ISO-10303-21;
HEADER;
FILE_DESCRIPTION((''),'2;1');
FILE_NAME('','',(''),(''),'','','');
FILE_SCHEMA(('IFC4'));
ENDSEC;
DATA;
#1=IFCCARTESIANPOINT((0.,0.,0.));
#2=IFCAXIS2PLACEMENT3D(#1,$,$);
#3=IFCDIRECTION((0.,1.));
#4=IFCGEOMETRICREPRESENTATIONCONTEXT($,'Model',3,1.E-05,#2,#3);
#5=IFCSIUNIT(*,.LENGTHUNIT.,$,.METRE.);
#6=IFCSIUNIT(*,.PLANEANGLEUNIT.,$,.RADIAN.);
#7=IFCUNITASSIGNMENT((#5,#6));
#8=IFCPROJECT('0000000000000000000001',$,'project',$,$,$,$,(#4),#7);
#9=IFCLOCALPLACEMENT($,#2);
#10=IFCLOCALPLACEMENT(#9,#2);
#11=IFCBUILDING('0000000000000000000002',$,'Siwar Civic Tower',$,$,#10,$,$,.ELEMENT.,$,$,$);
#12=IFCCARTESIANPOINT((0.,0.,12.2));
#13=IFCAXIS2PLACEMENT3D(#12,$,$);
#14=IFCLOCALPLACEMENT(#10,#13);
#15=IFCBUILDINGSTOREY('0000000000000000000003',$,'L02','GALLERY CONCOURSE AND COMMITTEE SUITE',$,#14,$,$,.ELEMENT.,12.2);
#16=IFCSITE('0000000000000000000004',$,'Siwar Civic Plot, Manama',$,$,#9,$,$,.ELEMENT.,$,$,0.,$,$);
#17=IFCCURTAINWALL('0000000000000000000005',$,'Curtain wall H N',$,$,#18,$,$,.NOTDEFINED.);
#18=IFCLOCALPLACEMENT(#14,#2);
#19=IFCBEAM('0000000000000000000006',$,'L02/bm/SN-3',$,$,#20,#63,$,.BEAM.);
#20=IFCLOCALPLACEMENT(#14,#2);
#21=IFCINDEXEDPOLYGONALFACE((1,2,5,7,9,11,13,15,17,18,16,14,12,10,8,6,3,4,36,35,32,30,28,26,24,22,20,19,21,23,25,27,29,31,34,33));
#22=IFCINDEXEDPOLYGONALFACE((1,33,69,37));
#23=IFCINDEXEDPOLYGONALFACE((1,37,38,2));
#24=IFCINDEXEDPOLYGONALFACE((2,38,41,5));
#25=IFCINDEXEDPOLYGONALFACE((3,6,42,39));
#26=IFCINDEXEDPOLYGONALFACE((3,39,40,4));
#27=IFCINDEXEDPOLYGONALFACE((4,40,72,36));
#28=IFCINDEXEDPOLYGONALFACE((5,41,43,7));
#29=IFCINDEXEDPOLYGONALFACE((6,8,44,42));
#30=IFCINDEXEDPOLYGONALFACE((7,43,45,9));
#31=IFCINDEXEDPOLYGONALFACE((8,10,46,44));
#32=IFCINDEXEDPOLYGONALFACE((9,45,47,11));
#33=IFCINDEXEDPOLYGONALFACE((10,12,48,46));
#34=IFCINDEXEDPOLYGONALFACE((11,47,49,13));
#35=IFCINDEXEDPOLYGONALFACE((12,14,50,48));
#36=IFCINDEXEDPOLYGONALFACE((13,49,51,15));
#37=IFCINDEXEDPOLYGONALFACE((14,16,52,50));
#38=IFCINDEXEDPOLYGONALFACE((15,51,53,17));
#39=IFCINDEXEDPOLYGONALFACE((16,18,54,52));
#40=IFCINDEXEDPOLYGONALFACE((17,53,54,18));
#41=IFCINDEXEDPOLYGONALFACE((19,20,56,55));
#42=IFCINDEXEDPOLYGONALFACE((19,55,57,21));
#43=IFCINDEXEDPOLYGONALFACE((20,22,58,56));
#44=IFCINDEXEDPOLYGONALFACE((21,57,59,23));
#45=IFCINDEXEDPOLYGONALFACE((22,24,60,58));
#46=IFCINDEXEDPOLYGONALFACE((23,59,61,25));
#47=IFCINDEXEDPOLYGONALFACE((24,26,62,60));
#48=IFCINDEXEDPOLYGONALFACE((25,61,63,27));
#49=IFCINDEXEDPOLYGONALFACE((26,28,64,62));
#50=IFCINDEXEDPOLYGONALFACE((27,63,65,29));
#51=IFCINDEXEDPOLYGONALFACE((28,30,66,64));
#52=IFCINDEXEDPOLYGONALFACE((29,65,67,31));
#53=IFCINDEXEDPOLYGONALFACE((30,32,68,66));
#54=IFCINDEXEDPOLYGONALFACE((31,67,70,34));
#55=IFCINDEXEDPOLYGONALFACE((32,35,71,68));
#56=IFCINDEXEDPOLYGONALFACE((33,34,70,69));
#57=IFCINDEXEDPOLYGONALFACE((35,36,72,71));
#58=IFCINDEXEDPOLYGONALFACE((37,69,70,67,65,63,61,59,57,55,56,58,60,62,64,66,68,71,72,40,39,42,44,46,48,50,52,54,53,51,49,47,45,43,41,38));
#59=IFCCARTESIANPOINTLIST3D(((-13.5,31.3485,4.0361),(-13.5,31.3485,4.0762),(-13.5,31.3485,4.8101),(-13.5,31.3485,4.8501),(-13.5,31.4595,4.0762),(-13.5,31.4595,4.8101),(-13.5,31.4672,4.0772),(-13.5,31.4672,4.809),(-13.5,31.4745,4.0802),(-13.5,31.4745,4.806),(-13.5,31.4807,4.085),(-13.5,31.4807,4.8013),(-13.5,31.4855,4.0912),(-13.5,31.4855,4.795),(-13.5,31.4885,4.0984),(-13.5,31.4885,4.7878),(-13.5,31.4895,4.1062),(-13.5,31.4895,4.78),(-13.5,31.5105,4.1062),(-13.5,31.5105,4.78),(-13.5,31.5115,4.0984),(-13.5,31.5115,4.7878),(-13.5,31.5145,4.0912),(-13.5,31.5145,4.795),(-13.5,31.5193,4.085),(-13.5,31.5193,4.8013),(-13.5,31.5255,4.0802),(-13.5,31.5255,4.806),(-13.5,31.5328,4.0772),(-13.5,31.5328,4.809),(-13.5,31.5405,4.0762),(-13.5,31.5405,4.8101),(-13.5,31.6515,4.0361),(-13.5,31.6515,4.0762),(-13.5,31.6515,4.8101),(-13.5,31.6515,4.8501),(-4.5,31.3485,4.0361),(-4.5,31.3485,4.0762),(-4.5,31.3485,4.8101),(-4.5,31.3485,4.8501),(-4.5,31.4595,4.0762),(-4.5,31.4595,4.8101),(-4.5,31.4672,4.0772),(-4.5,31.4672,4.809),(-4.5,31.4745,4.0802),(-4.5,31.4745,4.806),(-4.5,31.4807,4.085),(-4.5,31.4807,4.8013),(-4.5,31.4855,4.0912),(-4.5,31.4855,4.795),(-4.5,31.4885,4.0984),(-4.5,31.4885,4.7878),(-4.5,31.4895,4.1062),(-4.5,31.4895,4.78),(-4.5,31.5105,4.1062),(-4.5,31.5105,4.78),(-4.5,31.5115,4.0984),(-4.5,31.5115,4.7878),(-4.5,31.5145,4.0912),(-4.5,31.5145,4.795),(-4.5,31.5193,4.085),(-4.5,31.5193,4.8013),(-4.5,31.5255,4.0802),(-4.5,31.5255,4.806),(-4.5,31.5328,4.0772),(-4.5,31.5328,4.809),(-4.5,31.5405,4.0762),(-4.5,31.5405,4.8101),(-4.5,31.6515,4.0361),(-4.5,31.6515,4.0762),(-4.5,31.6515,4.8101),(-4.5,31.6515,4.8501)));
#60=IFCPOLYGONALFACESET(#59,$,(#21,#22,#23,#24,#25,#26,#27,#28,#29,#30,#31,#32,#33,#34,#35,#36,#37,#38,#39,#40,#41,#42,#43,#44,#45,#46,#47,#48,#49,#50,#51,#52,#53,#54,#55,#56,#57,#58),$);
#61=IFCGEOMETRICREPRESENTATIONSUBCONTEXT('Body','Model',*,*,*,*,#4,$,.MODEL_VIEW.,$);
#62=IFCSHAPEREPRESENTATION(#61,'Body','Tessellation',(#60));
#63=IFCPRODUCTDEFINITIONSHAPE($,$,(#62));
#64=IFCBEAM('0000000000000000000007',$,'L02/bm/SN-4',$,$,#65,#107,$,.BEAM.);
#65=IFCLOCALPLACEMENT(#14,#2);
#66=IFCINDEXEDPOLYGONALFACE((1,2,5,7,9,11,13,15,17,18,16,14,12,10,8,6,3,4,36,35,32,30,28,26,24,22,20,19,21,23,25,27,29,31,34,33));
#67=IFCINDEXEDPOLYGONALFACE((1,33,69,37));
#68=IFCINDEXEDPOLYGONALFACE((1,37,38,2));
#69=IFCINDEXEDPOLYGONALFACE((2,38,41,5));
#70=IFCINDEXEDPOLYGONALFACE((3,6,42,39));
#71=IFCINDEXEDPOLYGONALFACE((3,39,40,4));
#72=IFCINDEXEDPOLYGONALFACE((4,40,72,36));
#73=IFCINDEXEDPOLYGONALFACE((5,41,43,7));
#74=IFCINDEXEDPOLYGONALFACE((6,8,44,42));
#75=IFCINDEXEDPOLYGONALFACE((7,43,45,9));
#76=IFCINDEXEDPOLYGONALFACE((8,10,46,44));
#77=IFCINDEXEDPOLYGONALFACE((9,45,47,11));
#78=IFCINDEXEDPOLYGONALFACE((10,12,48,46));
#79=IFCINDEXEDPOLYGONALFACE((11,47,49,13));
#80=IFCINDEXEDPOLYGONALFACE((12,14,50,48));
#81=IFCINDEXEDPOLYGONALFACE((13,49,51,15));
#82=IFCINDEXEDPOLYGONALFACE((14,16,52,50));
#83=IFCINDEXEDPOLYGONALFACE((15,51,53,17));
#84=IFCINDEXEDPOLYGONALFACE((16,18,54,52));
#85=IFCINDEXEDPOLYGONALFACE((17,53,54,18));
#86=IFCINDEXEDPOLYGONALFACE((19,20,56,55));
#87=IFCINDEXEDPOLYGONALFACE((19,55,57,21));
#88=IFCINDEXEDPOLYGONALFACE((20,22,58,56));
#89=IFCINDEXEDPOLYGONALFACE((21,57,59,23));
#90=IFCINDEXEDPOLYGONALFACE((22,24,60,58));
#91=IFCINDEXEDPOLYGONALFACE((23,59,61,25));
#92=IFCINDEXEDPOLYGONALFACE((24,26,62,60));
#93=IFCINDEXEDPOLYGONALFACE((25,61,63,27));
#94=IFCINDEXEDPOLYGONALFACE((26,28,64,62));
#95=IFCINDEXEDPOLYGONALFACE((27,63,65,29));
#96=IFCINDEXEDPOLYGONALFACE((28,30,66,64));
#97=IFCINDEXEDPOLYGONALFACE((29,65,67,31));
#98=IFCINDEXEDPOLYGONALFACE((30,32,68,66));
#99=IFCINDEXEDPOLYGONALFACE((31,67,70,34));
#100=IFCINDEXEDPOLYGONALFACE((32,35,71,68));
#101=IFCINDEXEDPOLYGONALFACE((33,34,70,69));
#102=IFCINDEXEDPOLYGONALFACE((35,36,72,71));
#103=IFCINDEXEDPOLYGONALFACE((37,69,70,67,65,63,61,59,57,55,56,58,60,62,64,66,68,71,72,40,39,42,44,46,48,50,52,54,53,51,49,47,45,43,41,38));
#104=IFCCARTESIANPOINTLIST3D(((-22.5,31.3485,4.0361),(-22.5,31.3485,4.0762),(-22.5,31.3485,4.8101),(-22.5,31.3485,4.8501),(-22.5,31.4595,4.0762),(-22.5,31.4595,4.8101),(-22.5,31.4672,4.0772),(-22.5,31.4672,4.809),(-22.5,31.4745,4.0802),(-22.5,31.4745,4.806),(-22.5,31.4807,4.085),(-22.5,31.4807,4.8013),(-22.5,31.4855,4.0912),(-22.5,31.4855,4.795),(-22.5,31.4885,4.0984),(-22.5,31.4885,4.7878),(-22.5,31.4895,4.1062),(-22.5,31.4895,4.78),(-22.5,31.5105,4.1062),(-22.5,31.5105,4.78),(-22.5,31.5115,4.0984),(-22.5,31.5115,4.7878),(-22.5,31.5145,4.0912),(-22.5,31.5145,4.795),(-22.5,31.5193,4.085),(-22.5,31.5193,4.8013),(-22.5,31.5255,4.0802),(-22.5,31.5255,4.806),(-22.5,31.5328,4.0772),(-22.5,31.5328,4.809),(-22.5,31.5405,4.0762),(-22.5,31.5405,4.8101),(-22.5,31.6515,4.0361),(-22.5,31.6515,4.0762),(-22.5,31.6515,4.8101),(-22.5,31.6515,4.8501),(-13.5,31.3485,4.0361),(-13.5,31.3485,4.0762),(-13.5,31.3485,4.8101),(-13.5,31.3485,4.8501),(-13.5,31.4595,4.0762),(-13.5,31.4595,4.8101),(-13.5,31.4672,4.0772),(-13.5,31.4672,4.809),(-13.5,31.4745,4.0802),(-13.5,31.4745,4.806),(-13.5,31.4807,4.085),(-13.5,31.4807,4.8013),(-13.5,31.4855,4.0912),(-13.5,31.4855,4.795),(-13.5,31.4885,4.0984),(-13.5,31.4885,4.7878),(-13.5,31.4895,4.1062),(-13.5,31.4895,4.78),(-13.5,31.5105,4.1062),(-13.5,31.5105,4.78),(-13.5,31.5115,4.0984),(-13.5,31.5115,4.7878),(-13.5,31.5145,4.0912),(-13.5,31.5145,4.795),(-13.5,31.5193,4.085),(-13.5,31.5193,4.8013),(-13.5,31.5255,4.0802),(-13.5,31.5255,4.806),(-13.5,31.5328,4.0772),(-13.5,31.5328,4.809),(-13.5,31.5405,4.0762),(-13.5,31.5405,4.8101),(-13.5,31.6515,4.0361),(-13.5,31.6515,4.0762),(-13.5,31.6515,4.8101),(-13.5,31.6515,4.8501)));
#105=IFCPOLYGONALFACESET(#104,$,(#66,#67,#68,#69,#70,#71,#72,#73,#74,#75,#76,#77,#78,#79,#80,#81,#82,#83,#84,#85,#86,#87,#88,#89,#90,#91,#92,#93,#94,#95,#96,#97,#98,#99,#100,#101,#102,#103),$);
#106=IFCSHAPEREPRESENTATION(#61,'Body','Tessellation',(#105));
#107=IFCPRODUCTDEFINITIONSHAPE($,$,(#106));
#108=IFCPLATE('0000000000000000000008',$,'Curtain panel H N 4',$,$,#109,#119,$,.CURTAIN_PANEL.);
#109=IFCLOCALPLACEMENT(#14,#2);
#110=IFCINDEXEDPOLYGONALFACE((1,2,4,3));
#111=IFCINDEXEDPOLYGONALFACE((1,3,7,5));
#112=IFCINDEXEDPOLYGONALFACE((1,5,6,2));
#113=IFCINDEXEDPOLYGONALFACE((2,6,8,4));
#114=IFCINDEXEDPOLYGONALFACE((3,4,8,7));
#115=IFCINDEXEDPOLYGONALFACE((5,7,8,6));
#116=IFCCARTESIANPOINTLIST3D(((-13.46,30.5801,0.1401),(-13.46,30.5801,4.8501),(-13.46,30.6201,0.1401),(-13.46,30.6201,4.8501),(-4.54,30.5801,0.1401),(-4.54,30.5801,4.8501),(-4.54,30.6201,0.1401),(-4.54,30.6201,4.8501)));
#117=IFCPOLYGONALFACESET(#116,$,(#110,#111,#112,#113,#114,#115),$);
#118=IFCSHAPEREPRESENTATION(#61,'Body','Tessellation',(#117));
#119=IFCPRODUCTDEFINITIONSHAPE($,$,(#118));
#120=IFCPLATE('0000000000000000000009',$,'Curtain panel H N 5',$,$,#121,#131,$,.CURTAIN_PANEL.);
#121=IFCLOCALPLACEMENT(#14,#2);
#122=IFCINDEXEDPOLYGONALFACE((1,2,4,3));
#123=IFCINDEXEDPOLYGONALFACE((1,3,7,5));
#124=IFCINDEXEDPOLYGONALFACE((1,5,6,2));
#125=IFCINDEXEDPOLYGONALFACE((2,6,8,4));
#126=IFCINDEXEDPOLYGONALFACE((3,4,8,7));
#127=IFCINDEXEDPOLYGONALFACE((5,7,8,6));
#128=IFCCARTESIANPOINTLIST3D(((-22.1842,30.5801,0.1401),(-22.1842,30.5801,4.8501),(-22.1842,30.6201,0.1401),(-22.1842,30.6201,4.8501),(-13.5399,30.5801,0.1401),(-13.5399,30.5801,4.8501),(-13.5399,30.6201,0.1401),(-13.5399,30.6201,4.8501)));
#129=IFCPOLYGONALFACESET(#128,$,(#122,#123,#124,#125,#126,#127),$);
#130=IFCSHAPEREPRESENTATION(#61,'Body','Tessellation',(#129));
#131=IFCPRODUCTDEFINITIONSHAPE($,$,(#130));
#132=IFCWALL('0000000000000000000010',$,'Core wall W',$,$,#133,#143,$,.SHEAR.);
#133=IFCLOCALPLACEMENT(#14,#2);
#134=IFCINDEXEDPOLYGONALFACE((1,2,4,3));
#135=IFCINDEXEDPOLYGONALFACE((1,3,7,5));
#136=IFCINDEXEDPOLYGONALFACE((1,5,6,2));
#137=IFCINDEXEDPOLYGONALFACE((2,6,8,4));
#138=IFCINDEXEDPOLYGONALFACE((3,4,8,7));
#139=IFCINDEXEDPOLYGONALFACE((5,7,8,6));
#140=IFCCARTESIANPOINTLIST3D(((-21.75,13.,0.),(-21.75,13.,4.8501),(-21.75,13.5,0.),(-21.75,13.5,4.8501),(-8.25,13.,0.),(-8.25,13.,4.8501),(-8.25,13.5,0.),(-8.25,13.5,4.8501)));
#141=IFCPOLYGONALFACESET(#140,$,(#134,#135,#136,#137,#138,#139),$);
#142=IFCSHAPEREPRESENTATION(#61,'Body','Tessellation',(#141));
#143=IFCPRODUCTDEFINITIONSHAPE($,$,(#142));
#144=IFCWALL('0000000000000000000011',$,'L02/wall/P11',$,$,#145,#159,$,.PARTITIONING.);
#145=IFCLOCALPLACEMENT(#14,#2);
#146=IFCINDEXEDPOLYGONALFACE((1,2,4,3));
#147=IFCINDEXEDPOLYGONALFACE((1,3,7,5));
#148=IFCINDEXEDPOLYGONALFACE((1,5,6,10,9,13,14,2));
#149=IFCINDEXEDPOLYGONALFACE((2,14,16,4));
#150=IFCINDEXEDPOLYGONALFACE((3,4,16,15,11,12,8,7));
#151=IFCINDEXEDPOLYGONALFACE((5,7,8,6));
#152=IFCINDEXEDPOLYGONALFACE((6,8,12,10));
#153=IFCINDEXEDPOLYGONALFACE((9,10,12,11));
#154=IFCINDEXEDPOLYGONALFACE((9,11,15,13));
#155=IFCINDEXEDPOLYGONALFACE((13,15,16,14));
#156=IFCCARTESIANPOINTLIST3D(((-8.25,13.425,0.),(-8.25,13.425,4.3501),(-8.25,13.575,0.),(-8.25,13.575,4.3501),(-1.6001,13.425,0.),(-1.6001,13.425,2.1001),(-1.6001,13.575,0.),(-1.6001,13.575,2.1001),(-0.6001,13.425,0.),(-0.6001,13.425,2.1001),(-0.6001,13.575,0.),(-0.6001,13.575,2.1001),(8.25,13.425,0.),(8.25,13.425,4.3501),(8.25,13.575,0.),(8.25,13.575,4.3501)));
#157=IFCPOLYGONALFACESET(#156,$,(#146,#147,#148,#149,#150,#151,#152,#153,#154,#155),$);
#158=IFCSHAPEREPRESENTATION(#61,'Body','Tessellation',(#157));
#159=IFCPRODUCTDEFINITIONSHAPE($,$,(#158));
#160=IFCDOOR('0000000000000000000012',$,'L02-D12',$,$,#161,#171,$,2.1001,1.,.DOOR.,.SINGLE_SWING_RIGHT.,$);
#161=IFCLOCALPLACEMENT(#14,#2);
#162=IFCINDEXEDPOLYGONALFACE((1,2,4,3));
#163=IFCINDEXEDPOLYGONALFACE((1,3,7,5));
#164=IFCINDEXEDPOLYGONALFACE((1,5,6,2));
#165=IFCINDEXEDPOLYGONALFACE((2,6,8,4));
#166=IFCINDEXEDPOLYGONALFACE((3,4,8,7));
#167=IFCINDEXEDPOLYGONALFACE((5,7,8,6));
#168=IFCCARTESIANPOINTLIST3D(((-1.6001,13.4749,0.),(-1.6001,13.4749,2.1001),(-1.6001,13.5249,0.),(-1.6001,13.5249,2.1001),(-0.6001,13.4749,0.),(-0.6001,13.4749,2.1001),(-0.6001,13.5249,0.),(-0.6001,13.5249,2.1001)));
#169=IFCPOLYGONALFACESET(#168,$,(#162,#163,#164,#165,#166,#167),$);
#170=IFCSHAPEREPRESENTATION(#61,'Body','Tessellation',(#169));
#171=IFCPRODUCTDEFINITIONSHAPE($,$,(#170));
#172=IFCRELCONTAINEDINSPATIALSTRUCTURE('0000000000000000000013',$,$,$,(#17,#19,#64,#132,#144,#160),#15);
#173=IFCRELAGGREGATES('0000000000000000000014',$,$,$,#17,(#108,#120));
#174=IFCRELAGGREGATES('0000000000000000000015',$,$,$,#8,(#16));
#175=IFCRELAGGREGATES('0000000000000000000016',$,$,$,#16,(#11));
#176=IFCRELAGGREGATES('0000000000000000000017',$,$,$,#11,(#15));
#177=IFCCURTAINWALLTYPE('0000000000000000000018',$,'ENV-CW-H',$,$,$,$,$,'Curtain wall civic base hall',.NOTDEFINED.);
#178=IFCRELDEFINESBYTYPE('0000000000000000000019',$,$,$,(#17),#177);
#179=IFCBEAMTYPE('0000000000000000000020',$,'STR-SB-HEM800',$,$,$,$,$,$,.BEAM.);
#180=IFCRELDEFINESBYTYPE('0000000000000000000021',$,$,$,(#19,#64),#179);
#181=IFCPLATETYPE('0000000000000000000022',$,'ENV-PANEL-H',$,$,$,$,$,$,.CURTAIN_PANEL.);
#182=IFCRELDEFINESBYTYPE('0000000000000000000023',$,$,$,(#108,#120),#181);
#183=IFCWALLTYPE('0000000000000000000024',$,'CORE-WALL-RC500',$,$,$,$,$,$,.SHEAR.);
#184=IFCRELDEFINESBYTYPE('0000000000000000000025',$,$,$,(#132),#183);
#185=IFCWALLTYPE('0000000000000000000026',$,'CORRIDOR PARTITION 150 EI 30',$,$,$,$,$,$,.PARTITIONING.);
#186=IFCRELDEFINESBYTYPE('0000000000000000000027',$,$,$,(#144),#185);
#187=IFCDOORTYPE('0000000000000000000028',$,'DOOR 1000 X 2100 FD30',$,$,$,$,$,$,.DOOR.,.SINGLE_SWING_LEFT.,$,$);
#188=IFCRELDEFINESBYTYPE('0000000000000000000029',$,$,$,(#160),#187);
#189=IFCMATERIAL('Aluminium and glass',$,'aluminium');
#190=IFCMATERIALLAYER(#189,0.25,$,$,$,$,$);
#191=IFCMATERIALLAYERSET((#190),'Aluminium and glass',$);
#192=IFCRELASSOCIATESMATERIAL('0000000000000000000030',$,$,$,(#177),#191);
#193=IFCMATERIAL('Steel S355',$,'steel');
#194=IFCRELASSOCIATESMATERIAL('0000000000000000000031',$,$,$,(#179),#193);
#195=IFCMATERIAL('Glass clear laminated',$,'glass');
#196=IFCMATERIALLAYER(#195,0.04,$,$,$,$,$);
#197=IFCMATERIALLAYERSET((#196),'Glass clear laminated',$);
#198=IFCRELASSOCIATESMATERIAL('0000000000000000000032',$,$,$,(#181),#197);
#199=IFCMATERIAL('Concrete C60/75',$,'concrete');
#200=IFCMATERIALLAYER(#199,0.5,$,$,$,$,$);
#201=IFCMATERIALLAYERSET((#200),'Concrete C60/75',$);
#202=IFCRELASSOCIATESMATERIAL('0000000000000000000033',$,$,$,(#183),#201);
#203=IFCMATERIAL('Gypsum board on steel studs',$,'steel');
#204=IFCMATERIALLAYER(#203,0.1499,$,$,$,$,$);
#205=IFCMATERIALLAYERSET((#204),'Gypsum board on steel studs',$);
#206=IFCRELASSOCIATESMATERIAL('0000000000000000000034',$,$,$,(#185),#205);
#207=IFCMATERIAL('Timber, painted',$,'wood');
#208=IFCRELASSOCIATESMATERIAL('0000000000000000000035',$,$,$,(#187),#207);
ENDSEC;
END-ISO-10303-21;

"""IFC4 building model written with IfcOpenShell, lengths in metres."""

from ifc_helpers import new_model, si_unit, direction, frame, frame_2d, origin, origin_2d, place, context, subcontext, project, spatial, rectangle, i_section, extrude, material, layer, layer_set, material_profile, profile_set, type_object, element, fill, aggregate, save


model = new_model("IFC4")

# Units and contexts
model_context = context("Model", 3, precision=1e-05, world=origin(), true_north=direction((0.0, 1.0)))
body_context = subcontext(model_context, "Body", "Model", "MODEL_VIEW")
ifc_project = project(units=[si_unit("LENGTHUNIT", "METRE"), si_unit("PLANEANGLEUNIT", "RADIAN")], contexts=[model_context])

# Site, building, storey
site_placement = place(None, origin())
site = spatial("IfcSite", under=ifc_project, at=site_placement, Name="Siwar Civic Plot, Manama", CompositionType="ELEMENT", RefElevation=0.0)
building_placement = place(site_placement, origin())
building = spatial("IfcBuilding", under=site, at=building_placement, Name="Siwar Civic Tower", CompositionType="ELEMENT")
storey_placement = place(building_placement, frame((0.0, 0.0, 12.2)))
storey = spatial("IfcBuildingStorey", under=building, at=storey_placement, Name="L02", Description="GALLERY CONCOURSE AND COMMITTEE SUITE", CompositionType="ELEMENT", Elevation=12.2)

# Curtain wall
ifc_material_1 = material(Name="Aluminium and glass", Category="aluminium")
ifc_layer_1 = layer(ifc_material_1, 0.25)
ifc_layer_set_1 = layer_set([ifc_layer_1], Name="Aluminium and glass")
curtain_wall_type = type_object("IfcCurtainWallType", Name="ENV-CW-H", ElementType="Curtain wall civic base hall", PredefinedType="NOTDEFINED", material=ifc_layer_set_1)
curtain_wall_placement = place(storey_placement, origin())
curtain_wall = element("IfcCurtainWall", 1, at=curtain_wall_placement, inside=storey, type_object=curtain_wall_type, Name="Curtain wall H N", PredefinedType="NOTDEFINED")

# Beams
ifc_material_2 = material(Name="Steel S355", Category="steel")
ifc_material_profile_1 = material_profile(ifc_material_2, i_section(OverallWidth=0.303, OverallDepth=0.814, WebThickness=0.021, FlangeThickness=0.04, FilletRadius=0.03, at=origin_2d()), Name="HEM800")
ifc_profile_set_1 = profile_set([ifc_material_profile_1], Name="Steel S355")
beam_type_1 = type_object("IfcBeamType", Name="STR-SB-HEM800", PredefinedType="BEAM", material=ifc_profile_set_1)
for number, where, z_axis, x_axis, name in (
    (2, (-4.5, 31.5, 4.4431), (-1.0, 0.0, 0.0), (0.0, -1.0, 0.0), "L02/bm/SN-3"),
    (3, (-13.5, 31.5, 4.4431), (-1.0, 0.0, 0.0), (0.0, -1.0, 0.0), "L02/bm/SN-4"),
):
    element("IfcBeam", number, at=place(storey_placement, frame(where, z_axis=z_axis, x_axis=x_axis)), inside=storey, type_object=beam_type_1, Name=name, PredefinedType="BEAM", context=body_context, shape_type="SweptSolid", body=[
        extrude(i_section(OverallWidth=0.303, OverallDepth=0.814, WebThickness=0.021, FlangeThickness=0.04, FilletRadius=0.03, at=origin_2d()), origin(), (0.0, 0.0, 1.0), 9.0),
    ])

# Plates
ifc_material_3 = material(Name="Glass clear laminated", Category="glass")
ifc_layer_2 = layer(ifc_material_3, 0.04)
ifc_layer_set_2 = layer_set([ifc_layer_2], Name="Glass clear laminated")
plate_type = type_object("IfcPlateType", Name="ENV-PANEL-H", PredefinedType="CURTAIN_PANEL", material=ifc_layer_set_2)
plate_1_placement = place(storey_placement, frame((-9.0, 30.6001, 0.1401), z_axis=(0.0, 0.0, 1.0), x_axis=(-1.0, 0.0, 0.0)))
plate_1 = element("IfcPlate", 4, at=plate_1_placement, type_object=plate_type, Name="Curtain panel H N 4", PredefinedType="CURTAIN_PANEL", context=body_context, shape_type="SweptSolid", body=[
    extrude(rectangle(XDim=8.9199, YDim=0.04, at=origin_2d()), origin(), (0.0, 0.0, 1.0), 4.71),
])
plate_2_placement = place(storey_placement, frame((-17.8621, 30.6001, 0.1401), z_axis=(0.0, 0.0, 1.0), x_axis=(-1.0, 0.0, 0.0)))
plate_2 = element("IfcPlate", 5, at=plate_2_placement, type_object=plate_type, Name="Curtain panel H N 5", PredefinedType="CURTAIN_PANEL", context=body_context, shape_type="SweptSolid", body=[
    extrude(rectangle(XDim=8.6443, YDim=0.04, at=origin_2d()), origin(), (0.0, 0.0, 1.0), 4.71),
])
aggregate(curtain_wall, [plate_1, plate_2])

# Wall
ifc_material_4 = material(Name="Concrete C60/75", Category="concrete")
ifc_layer_3 = layer(ifc_material_4, 0.5)
ifc_layer_set_3 = layer_set([ifc_layer_3], Name="Concrete C60/75")
wall_type_1 = type_object("IfcWallType", Name="CORE-WALL-RC500", PredefinedType="SHEAR", material=ifc_layer_set_3)
wall_1_placement = place(storey_placement, frame((-8.25, 13.25, 0.0), z_axis=(0.0, 0.0, 1.0), x_axis=(-1.0, 0.0, 0.0)))
element("IfcWall", 6, at=wall_1_placement, inside=storey, type_object=wall_type_1, Name="Core wall W", PredefinedType="SHEAR", context=body_context, shape_type="SweptSolid", body=[
    extrude(rectangle(XDim=13.5, YDim=0.5, at=frame_2d((6.75, 0.0))), origin(), (0.0, 0.0, 1.0), 4.8501),
])

# Wall, opening, door
ifc_material_5 = material(Name="Gypsum board on steel studs", Category="steel")
ifc_layer_4 = layer(ifc_material_5, 0.1499)
ifc_layer_set_4 = layer_set([ifc_layer_4], Name="Gypsum board on steel studs")
wall_type_2 = type_object("IfcWallType", Name="CORRIDOR PARTITION 150 EI 30", PredefinedType="PARTITIONING", material=ifc_layer_set_4)
wall_2_placement = place(storey_placement, frame((-8.25, 13.5, 0.0), z_axis=(0.0, 0.0, 1.0), x_axis=(1.0, 0.0, 0.0)))
wall_2 = element("IfcWall", 7, at=wall_2_placement, inside=storey, type_object=wall_type_2, Name="L02/wall/P11", PredefinedType="PARTITIONING", context=body_context, shape_type="SweptSolid", body=[
    extrude(rectangle(XDim=16.5, YDim=0.1499, at=frame_2d((8.25, 0.0))), origin(), (0.0, 0.0, 1.0), 4.3501),
])
opening_1_placement = place(wall_2_placement, frame((6.6499, 0.0, 0.0)))
opening_1 = element("IfcOpeningElement", 8, at=opening_1_placement, cuts=wall_2, PredefinedType="OPENING", context=body_context, shape_type="SweptSolid", body=[
    extrude(rectangle(XDim=1.0, YDim=2.1001, at=frame_2d((0.5, 1.05))), frame((0.0, 0.085, 0.0), z_axis=(0.0, -1.0, 0.0), x_axis=(1.0, 0.0, 0.0)), (0.0, 0.0, 1.0), 0.1699),
])
ifc_material_6 = material(Name="Timber, painted", Category="wood")
door_type = type_object("IfcDoorType", Name="DOOR 1000 X 2100 FD30", OperationType="SINGLE_SWING_LEFT", PredefinedType="DOOR", material=ifc_material_6)
door_1_placement = place(opening_1_placement, origin())
door_1 = element("IfcDoor", 9, at=door_1_placement, inside=storey, type_object=door_type, Name="L02-D12", OperationType="SINGLE_SWING_RIGHT", OverallHeight=2.1001, OverallWidth=1.0, PredefinedType="DOOR", context=body_context, shape_type="SweptSolid", body=[
    extrude(rectangle(XDim=1.0, YDim=2.1001, at=frame_2d((0.5, 1.05))), frame((0.0, 0.0249, 0.0), z_axis=(0.0, -1.0, 0.0), x_axis=(1.0, 0.0, 0.0)), (0.0, 0.0, 1.0), 0.05),
])
fill(opening_1, door_1)

save(model, "model.ifc")
